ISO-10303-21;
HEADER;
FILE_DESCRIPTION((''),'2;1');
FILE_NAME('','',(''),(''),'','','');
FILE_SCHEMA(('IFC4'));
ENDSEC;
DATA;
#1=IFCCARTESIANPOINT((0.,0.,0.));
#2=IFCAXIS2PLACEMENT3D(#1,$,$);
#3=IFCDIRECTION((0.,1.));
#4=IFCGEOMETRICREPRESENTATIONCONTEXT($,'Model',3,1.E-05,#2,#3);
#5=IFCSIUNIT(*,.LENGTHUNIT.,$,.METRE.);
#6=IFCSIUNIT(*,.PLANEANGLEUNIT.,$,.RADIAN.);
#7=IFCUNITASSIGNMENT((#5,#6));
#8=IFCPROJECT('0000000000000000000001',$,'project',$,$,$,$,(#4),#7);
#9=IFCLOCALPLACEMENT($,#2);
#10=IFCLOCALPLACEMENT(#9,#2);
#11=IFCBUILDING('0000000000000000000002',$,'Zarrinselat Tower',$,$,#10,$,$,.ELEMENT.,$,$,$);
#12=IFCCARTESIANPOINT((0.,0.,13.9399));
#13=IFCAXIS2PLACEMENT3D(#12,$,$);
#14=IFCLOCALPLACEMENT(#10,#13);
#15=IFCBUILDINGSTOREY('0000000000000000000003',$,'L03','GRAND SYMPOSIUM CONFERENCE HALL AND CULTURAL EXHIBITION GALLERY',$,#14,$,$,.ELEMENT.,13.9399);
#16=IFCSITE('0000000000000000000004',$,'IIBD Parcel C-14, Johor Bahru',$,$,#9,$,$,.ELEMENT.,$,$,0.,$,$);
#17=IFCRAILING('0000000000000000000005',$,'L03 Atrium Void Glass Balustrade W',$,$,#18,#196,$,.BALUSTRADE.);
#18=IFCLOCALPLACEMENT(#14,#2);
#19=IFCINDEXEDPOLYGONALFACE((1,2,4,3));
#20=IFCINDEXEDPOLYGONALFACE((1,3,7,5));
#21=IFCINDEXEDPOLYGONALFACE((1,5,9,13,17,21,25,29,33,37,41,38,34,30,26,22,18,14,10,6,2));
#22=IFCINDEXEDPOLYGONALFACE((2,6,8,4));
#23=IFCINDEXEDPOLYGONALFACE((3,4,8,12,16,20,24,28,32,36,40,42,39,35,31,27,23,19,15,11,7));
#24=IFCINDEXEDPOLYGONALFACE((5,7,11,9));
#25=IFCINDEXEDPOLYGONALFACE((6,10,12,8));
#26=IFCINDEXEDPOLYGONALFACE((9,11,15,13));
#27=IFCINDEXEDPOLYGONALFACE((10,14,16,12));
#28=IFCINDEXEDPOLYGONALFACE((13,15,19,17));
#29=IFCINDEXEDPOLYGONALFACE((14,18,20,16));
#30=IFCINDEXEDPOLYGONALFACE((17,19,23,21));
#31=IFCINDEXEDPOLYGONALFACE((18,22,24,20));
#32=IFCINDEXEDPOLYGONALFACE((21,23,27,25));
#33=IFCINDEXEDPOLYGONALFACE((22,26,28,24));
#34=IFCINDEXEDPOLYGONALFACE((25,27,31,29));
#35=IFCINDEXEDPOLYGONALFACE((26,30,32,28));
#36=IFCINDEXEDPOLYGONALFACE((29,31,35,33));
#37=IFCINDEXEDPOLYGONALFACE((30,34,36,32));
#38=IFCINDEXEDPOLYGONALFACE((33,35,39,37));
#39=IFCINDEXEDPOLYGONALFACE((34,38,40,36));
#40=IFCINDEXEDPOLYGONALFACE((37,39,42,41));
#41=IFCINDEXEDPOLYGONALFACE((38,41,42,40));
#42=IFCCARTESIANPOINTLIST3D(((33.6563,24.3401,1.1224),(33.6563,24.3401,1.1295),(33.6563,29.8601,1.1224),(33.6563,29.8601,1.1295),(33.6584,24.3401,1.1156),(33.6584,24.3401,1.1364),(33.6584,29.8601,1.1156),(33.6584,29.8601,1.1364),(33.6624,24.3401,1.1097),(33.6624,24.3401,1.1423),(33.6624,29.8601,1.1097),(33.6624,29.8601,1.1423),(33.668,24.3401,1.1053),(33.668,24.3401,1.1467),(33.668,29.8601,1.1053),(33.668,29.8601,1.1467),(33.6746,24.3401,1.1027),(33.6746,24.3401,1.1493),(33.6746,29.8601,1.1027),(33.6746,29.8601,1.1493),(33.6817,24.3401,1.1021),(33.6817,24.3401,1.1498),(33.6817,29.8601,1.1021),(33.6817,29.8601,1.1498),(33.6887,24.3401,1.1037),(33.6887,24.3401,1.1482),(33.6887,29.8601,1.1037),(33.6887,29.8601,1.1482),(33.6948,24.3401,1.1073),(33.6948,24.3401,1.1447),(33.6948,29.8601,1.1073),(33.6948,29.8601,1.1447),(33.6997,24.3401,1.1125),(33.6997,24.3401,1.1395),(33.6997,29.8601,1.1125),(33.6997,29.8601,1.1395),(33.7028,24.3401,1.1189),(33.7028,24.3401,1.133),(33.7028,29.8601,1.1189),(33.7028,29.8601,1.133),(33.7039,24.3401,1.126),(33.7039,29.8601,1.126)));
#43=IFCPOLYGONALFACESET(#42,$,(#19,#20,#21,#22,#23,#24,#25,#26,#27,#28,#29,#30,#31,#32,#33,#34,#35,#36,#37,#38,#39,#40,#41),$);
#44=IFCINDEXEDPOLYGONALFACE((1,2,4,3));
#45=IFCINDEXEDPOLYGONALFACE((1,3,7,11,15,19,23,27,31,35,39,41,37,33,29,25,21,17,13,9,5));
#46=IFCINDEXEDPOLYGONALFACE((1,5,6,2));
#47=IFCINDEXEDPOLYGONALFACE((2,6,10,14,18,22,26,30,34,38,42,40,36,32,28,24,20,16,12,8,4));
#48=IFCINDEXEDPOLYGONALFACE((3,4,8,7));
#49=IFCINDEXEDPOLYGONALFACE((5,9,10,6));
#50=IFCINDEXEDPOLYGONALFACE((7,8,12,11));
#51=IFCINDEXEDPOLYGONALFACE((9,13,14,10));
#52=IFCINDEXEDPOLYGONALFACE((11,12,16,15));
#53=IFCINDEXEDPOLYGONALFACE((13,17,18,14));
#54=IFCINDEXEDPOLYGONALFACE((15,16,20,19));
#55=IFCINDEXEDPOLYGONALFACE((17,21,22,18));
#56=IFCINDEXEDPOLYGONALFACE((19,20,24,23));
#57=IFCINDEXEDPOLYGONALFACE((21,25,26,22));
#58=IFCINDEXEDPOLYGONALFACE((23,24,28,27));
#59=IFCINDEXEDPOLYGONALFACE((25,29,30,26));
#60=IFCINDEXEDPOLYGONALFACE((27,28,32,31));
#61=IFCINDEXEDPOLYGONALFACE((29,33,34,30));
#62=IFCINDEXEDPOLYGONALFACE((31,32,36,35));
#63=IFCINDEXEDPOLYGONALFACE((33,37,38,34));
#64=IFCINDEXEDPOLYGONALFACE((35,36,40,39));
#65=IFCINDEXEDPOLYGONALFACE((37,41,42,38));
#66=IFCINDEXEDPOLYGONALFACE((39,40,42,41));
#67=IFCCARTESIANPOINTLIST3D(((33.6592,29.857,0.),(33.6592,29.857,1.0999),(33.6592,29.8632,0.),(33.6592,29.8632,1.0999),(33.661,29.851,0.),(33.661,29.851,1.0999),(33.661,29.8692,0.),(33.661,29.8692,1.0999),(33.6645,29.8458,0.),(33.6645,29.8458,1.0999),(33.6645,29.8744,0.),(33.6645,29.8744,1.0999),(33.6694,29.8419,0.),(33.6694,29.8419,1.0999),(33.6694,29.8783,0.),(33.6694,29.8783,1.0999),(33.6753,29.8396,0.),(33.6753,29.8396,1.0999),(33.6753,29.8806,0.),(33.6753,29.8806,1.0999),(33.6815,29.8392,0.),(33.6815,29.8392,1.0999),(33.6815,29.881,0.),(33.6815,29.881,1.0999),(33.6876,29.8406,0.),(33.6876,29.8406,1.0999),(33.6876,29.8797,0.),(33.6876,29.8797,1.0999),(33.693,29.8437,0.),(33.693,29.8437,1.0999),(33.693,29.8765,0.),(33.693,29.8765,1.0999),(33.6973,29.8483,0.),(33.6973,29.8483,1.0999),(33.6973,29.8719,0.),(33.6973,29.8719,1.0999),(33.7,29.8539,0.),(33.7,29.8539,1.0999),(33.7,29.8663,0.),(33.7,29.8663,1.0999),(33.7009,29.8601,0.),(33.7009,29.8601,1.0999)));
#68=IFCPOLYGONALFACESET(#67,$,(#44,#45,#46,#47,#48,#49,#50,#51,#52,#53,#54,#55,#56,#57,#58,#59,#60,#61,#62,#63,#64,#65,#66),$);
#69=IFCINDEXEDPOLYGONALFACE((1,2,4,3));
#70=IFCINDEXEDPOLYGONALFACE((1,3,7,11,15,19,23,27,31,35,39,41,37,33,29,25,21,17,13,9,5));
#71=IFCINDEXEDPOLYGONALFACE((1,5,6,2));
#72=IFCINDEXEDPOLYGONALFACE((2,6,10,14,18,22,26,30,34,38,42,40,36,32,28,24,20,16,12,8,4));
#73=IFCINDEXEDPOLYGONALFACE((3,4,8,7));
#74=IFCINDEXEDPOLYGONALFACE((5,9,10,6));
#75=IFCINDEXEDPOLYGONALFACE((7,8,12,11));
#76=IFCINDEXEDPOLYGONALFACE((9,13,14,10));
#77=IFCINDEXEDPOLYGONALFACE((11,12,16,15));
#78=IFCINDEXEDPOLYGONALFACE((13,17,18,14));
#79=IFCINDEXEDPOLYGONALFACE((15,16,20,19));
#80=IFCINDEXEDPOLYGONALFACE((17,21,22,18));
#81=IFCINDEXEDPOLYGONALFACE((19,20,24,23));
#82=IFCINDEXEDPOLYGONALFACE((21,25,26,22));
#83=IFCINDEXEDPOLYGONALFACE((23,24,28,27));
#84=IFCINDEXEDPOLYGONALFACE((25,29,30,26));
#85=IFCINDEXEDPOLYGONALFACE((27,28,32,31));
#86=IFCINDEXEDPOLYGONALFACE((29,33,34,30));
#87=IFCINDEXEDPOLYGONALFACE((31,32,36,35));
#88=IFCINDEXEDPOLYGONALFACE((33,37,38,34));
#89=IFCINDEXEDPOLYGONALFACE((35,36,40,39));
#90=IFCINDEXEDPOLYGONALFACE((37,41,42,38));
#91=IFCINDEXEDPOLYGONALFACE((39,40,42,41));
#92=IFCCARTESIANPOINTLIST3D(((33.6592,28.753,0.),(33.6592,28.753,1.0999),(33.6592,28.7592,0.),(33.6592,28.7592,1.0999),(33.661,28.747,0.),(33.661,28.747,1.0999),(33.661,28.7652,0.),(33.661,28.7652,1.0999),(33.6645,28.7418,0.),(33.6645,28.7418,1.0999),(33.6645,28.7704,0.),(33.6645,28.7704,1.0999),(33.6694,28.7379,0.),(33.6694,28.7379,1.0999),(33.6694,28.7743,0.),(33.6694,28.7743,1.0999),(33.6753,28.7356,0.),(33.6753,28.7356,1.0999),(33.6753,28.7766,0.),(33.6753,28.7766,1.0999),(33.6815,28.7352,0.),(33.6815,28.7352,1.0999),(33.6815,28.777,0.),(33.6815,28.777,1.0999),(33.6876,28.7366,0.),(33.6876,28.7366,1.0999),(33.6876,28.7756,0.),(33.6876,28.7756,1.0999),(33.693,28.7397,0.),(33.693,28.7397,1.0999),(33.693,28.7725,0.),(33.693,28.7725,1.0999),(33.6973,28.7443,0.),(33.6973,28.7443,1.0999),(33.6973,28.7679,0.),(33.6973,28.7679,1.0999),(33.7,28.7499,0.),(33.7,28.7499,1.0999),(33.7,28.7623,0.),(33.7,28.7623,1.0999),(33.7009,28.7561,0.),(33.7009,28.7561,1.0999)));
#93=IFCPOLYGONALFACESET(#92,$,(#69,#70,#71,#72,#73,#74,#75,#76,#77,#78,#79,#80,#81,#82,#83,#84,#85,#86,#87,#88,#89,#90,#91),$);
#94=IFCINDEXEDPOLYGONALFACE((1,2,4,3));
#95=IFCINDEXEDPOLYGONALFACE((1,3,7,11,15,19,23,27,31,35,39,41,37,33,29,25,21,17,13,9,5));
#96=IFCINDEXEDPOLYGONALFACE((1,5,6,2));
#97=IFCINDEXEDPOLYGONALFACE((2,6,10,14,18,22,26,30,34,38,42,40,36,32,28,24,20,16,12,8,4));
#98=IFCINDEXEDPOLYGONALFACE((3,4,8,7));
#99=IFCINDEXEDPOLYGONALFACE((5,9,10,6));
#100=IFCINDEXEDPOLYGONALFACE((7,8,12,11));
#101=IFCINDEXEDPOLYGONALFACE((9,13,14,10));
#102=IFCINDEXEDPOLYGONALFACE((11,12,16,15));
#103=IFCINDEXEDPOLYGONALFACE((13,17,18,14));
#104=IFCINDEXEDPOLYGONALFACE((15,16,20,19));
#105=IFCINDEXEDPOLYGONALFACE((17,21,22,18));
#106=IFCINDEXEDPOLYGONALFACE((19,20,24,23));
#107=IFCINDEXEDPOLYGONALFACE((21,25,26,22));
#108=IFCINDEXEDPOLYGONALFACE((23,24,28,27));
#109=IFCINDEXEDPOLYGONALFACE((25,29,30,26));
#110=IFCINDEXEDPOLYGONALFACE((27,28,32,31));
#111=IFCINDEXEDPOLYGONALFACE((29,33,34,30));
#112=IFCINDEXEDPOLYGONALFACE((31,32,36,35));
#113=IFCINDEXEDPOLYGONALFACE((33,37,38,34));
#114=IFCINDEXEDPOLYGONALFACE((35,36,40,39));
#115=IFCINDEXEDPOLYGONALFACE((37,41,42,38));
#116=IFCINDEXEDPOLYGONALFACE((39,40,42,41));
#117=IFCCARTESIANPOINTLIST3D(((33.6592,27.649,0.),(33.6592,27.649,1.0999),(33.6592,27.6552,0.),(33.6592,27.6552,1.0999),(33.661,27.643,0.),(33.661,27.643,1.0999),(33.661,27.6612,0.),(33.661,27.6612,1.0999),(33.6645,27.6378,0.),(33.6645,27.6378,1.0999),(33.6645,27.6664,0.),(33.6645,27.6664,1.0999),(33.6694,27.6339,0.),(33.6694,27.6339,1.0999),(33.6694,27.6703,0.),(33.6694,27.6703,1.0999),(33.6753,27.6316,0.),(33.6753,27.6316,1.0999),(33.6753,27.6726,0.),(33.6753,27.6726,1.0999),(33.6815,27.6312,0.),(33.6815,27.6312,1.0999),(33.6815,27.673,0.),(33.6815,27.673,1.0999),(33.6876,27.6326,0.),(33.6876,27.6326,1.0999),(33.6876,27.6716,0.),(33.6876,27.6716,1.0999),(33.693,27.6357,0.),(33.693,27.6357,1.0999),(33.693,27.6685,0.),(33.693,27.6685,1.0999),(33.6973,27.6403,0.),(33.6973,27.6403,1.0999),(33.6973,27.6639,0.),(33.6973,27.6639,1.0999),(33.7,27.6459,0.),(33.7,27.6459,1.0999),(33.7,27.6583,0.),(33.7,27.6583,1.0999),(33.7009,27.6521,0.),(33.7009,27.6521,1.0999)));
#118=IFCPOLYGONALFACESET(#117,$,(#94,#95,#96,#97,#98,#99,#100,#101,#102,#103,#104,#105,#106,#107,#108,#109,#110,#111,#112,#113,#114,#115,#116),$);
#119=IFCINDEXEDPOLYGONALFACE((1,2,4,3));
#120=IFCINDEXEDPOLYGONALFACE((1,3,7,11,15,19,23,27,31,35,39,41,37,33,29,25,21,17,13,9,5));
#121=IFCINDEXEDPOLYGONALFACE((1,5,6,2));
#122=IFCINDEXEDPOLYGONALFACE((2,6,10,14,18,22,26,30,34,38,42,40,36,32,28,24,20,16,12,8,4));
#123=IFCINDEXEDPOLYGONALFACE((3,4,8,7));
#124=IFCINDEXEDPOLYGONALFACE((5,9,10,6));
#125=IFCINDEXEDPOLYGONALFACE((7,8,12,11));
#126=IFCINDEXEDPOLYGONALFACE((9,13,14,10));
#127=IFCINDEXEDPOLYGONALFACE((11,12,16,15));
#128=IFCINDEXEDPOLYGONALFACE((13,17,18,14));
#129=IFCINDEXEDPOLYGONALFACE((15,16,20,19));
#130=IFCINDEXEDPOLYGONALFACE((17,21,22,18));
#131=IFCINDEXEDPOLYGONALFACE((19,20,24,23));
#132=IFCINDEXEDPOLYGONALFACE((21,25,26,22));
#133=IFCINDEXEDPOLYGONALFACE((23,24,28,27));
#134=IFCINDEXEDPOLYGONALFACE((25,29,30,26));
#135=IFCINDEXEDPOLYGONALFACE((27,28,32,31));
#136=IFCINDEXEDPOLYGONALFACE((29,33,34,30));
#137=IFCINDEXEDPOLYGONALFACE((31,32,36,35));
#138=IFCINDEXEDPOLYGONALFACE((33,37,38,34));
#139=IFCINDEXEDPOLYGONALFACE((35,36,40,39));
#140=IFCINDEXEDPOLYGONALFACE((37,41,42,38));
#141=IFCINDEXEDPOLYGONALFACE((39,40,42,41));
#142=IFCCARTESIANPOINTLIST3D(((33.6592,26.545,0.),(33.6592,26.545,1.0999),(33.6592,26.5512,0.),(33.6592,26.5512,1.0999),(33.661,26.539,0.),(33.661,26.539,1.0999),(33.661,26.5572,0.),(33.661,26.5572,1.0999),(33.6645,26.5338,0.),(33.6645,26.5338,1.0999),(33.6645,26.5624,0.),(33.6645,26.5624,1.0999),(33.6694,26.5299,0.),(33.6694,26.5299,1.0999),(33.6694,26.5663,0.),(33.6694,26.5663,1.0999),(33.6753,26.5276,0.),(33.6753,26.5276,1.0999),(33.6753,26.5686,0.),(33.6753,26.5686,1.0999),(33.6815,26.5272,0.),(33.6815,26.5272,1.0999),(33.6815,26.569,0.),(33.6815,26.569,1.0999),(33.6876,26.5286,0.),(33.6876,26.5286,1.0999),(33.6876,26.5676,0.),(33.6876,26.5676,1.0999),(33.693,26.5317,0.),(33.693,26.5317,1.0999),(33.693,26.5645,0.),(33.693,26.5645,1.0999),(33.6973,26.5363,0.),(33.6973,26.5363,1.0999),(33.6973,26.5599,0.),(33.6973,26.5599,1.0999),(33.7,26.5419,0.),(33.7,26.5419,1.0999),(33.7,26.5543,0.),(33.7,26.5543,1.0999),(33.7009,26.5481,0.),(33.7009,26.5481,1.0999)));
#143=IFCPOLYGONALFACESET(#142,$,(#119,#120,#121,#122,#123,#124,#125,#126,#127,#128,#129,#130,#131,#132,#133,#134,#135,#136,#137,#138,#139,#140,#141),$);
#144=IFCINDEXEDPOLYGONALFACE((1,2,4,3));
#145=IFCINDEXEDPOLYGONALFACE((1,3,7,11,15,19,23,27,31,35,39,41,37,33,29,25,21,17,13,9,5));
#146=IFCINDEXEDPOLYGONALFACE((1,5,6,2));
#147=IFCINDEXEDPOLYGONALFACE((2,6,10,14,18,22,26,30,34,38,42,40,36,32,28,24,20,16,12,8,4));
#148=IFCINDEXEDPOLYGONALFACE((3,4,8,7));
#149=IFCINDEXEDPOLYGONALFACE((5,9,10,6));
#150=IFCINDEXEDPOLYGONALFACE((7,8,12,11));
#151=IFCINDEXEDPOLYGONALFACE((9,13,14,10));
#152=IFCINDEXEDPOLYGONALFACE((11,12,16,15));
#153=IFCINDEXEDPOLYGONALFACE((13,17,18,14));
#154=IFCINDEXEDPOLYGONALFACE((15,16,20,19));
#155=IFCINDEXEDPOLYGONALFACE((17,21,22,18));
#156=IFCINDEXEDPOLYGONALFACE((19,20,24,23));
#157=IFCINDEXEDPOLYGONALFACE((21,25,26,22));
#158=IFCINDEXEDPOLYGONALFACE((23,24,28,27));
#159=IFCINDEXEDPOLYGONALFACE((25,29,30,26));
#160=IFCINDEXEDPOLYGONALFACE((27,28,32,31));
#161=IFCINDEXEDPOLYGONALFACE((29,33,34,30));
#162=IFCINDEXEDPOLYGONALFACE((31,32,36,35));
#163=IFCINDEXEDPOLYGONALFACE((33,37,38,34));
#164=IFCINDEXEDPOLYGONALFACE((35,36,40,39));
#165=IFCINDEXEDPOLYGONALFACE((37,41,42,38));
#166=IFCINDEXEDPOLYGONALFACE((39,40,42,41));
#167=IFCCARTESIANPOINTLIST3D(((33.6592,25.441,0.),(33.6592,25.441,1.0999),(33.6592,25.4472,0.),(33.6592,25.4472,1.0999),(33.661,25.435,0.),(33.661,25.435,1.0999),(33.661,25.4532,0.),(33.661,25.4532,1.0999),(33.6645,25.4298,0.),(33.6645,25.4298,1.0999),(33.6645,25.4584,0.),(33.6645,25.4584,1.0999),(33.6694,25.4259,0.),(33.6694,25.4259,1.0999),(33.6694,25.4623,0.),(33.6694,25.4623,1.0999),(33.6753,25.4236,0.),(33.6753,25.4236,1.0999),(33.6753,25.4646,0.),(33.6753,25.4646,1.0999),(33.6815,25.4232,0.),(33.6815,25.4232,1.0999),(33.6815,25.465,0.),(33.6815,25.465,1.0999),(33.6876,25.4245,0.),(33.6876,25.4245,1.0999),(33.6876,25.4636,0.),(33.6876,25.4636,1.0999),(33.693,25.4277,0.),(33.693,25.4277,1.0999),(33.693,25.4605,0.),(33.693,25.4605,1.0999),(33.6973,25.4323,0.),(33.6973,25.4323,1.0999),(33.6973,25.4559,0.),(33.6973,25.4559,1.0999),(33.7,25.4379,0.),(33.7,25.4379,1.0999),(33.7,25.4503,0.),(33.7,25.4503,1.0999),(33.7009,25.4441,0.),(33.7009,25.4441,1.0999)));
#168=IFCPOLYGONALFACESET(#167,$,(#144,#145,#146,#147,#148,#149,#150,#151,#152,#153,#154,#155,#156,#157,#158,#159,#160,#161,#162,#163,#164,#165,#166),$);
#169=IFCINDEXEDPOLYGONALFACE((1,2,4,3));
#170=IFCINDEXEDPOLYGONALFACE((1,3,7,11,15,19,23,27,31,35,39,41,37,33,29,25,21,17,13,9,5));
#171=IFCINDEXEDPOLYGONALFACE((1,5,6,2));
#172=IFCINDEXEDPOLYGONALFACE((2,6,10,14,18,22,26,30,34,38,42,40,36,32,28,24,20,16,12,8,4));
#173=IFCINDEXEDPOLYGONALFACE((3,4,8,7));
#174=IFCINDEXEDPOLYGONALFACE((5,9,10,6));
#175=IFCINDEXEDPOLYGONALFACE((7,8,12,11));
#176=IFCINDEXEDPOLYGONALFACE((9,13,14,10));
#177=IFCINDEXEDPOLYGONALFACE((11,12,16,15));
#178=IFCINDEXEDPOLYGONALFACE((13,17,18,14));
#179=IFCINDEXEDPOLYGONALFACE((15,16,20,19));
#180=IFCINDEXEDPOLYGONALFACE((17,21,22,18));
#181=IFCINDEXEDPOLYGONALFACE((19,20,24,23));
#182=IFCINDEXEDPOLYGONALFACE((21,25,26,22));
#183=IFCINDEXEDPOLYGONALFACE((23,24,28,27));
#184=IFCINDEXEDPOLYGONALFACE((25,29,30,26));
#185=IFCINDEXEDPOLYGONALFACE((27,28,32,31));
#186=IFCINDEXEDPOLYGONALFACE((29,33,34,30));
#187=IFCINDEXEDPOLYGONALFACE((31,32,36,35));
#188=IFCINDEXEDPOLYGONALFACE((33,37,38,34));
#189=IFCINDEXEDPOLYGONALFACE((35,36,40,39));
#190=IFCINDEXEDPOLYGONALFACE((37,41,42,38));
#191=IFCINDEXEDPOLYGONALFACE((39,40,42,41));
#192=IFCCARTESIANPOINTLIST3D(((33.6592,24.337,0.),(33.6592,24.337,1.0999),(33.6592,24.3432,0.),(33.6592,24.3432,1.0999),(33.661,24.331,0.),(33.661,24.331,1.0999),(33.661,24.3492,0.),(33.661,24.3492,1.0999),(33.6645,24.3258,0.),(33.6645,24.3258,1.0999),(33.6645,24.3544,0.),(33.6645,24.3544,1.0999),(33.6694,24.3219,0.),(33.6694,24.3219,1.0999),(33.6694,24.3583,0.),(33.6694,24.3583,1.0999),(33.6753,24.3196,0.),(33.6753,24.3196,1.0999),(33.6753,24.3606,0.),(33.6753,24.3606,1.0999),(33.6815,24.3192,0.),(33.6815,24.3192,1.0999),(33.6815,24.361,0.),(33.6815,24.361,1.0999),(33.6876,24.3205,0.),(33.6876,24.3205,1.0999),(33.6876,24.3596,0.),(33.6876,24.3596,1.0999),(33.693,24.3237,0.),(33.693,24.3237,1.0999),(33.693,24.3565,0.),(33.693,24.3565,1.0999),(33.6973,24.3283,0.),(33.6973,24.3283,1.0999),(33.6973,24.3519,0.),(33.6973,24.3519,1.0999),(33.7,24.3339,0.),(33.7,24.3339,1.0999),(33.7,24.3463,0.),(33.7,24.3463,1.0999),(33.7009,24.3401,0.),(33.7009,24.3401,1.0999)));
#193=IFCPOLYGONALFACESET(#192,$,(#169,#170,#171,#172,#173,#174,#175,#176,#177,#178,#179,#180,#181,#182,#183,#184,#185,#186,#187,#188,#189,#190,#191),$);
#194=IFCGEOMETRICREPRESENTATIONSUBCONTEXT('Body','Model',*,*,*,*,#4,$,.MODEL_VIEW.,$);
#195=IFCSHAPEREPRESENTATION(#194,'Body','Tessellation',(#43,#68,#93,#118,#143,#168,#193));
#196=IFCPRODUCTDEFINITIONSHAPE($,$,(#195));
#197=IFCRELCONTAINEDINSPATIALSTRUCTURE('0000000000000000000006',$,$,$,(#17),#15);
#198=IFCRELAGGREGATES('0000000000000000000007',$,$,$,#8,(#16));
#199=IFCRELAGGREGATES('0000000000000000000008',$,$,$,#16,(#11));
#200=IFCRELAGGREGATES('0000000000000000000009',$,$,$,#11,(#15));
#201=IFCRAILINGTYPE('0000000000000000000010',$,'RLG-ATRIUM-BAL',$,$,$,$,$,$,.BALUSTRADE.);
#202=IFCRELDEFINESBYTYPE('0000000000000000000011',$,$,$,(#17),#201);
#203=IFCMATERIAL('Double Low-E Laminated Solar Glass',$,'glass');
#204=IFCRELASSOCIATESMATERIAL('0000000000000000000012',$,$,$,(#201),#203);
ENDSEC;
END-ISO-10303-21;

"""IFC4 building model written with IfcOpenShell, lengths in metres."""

from ifc_helpers import new_model, si_unit, direction, frame, origin, origin_2d, place, context, subcontext, project, spatial, circle, extrude, material, type_object, element, save


model = new_model("IFC4")

# Units and contexts
model_context = context("Model", 3, precision=1e-05, world=origin(), true_north=direction((0.0, 1.0)))
body_context = subcontext(model_context, "Body", "Model", "MODEL_VIEW")
ifc_project = project(units=[si_unit("LENGTHUNIT", "METRE"), si_unit("PLANEANGLEUNIT", "RADIAN")], contexts=[model_context])

# Site, building, storey
site_placement = place(None, origin())
site = spatial("IfcSite", under=ifc_project, at=site_placement, Name="IIBD Parcel C-14, Johor Bahru", CompositionType="ELEMENT", RefElevation=0.0)
building_placement = place(site_placement, origin())
building = spatial("IfcBuilding", under=site, at=building_placement, Name="Zarrinselat Tower", CompositionType="ELEMENT")
storey_placement = place(building_placement, frame((0.0, 0.0, 13.9399)))
storey = spatial("IfcBuildingStorey", under=building, at=storey_placement, Name="L03", Description="GRAND SYMPOSIUM CONFERENCE HALL AND CULTURAL EXHIBITION GALLERY", CompositionType="ELEMENT", Elevation=13.9399)

# Railing
ifc_material_1 = material(Name="Double Low-E Laminated Solar Glass", Category="glass")
railing_type = type_object("IfcRailingType", Name="RLG-ATRIUM-BAL", PredefinedType="BALUSTRADE", material=ifc_material_1)
railing_1_placement = place(storey_placement, frame((33.6799, 29.8601, 0.0)))
element("IfcRailing", 1, at=railing_1_placement, inside=storey, type_object=railing_type, Name="L03 Atrium Void Glass Balustrade W", PredefinedType="BALUSTRADE", context=body_context, shape_type="SweptSolid", body=[
    extrude(circle(Radius=0.0239, at=origin_2d()), frame((0.0, 0.0, 1.126), z_axis=(0.0, -1.0, 0.0), x_axis=(1.0, 0.0, 0.0)), (0.0, 0.0, 1.0), 5.52),
    extrude(circle(Radius=0.021, at=origin_2d()), origin(), (0.0, 0.0, 1.0), 1.0999),
    extrude(circle(Radius=0.021, at=origin_2d()), frame((0.0, -1.104, 0.0)), (0.0, 0.0, 1.0), 1.0999),
    extrude(circle(Radius=0.021, at=origin_2d()), frame((0.0, -2.208, 0.0)), (0.0, 0.0, 1.0), 1.0999),
    extrude(circle(Radius=0.021, at=origin_2d()), frame((0.0, -3.312, 0.0)), (0.0, 0.0, 1.0), 1.0999),
    extrude(circle(Radius=0.021, at=origin_2d()), frame((0.0, -4.416, 0.0)), (0.0, 0.0, 1.0), 1.0999),
    extrude(circle(Radius=0.021, at=origin_2d()), frame((0.0, -5.52, 0.0)), (0.0, 0.0, 1.0), 1.0999),
])

save(model, "model.ifc")
